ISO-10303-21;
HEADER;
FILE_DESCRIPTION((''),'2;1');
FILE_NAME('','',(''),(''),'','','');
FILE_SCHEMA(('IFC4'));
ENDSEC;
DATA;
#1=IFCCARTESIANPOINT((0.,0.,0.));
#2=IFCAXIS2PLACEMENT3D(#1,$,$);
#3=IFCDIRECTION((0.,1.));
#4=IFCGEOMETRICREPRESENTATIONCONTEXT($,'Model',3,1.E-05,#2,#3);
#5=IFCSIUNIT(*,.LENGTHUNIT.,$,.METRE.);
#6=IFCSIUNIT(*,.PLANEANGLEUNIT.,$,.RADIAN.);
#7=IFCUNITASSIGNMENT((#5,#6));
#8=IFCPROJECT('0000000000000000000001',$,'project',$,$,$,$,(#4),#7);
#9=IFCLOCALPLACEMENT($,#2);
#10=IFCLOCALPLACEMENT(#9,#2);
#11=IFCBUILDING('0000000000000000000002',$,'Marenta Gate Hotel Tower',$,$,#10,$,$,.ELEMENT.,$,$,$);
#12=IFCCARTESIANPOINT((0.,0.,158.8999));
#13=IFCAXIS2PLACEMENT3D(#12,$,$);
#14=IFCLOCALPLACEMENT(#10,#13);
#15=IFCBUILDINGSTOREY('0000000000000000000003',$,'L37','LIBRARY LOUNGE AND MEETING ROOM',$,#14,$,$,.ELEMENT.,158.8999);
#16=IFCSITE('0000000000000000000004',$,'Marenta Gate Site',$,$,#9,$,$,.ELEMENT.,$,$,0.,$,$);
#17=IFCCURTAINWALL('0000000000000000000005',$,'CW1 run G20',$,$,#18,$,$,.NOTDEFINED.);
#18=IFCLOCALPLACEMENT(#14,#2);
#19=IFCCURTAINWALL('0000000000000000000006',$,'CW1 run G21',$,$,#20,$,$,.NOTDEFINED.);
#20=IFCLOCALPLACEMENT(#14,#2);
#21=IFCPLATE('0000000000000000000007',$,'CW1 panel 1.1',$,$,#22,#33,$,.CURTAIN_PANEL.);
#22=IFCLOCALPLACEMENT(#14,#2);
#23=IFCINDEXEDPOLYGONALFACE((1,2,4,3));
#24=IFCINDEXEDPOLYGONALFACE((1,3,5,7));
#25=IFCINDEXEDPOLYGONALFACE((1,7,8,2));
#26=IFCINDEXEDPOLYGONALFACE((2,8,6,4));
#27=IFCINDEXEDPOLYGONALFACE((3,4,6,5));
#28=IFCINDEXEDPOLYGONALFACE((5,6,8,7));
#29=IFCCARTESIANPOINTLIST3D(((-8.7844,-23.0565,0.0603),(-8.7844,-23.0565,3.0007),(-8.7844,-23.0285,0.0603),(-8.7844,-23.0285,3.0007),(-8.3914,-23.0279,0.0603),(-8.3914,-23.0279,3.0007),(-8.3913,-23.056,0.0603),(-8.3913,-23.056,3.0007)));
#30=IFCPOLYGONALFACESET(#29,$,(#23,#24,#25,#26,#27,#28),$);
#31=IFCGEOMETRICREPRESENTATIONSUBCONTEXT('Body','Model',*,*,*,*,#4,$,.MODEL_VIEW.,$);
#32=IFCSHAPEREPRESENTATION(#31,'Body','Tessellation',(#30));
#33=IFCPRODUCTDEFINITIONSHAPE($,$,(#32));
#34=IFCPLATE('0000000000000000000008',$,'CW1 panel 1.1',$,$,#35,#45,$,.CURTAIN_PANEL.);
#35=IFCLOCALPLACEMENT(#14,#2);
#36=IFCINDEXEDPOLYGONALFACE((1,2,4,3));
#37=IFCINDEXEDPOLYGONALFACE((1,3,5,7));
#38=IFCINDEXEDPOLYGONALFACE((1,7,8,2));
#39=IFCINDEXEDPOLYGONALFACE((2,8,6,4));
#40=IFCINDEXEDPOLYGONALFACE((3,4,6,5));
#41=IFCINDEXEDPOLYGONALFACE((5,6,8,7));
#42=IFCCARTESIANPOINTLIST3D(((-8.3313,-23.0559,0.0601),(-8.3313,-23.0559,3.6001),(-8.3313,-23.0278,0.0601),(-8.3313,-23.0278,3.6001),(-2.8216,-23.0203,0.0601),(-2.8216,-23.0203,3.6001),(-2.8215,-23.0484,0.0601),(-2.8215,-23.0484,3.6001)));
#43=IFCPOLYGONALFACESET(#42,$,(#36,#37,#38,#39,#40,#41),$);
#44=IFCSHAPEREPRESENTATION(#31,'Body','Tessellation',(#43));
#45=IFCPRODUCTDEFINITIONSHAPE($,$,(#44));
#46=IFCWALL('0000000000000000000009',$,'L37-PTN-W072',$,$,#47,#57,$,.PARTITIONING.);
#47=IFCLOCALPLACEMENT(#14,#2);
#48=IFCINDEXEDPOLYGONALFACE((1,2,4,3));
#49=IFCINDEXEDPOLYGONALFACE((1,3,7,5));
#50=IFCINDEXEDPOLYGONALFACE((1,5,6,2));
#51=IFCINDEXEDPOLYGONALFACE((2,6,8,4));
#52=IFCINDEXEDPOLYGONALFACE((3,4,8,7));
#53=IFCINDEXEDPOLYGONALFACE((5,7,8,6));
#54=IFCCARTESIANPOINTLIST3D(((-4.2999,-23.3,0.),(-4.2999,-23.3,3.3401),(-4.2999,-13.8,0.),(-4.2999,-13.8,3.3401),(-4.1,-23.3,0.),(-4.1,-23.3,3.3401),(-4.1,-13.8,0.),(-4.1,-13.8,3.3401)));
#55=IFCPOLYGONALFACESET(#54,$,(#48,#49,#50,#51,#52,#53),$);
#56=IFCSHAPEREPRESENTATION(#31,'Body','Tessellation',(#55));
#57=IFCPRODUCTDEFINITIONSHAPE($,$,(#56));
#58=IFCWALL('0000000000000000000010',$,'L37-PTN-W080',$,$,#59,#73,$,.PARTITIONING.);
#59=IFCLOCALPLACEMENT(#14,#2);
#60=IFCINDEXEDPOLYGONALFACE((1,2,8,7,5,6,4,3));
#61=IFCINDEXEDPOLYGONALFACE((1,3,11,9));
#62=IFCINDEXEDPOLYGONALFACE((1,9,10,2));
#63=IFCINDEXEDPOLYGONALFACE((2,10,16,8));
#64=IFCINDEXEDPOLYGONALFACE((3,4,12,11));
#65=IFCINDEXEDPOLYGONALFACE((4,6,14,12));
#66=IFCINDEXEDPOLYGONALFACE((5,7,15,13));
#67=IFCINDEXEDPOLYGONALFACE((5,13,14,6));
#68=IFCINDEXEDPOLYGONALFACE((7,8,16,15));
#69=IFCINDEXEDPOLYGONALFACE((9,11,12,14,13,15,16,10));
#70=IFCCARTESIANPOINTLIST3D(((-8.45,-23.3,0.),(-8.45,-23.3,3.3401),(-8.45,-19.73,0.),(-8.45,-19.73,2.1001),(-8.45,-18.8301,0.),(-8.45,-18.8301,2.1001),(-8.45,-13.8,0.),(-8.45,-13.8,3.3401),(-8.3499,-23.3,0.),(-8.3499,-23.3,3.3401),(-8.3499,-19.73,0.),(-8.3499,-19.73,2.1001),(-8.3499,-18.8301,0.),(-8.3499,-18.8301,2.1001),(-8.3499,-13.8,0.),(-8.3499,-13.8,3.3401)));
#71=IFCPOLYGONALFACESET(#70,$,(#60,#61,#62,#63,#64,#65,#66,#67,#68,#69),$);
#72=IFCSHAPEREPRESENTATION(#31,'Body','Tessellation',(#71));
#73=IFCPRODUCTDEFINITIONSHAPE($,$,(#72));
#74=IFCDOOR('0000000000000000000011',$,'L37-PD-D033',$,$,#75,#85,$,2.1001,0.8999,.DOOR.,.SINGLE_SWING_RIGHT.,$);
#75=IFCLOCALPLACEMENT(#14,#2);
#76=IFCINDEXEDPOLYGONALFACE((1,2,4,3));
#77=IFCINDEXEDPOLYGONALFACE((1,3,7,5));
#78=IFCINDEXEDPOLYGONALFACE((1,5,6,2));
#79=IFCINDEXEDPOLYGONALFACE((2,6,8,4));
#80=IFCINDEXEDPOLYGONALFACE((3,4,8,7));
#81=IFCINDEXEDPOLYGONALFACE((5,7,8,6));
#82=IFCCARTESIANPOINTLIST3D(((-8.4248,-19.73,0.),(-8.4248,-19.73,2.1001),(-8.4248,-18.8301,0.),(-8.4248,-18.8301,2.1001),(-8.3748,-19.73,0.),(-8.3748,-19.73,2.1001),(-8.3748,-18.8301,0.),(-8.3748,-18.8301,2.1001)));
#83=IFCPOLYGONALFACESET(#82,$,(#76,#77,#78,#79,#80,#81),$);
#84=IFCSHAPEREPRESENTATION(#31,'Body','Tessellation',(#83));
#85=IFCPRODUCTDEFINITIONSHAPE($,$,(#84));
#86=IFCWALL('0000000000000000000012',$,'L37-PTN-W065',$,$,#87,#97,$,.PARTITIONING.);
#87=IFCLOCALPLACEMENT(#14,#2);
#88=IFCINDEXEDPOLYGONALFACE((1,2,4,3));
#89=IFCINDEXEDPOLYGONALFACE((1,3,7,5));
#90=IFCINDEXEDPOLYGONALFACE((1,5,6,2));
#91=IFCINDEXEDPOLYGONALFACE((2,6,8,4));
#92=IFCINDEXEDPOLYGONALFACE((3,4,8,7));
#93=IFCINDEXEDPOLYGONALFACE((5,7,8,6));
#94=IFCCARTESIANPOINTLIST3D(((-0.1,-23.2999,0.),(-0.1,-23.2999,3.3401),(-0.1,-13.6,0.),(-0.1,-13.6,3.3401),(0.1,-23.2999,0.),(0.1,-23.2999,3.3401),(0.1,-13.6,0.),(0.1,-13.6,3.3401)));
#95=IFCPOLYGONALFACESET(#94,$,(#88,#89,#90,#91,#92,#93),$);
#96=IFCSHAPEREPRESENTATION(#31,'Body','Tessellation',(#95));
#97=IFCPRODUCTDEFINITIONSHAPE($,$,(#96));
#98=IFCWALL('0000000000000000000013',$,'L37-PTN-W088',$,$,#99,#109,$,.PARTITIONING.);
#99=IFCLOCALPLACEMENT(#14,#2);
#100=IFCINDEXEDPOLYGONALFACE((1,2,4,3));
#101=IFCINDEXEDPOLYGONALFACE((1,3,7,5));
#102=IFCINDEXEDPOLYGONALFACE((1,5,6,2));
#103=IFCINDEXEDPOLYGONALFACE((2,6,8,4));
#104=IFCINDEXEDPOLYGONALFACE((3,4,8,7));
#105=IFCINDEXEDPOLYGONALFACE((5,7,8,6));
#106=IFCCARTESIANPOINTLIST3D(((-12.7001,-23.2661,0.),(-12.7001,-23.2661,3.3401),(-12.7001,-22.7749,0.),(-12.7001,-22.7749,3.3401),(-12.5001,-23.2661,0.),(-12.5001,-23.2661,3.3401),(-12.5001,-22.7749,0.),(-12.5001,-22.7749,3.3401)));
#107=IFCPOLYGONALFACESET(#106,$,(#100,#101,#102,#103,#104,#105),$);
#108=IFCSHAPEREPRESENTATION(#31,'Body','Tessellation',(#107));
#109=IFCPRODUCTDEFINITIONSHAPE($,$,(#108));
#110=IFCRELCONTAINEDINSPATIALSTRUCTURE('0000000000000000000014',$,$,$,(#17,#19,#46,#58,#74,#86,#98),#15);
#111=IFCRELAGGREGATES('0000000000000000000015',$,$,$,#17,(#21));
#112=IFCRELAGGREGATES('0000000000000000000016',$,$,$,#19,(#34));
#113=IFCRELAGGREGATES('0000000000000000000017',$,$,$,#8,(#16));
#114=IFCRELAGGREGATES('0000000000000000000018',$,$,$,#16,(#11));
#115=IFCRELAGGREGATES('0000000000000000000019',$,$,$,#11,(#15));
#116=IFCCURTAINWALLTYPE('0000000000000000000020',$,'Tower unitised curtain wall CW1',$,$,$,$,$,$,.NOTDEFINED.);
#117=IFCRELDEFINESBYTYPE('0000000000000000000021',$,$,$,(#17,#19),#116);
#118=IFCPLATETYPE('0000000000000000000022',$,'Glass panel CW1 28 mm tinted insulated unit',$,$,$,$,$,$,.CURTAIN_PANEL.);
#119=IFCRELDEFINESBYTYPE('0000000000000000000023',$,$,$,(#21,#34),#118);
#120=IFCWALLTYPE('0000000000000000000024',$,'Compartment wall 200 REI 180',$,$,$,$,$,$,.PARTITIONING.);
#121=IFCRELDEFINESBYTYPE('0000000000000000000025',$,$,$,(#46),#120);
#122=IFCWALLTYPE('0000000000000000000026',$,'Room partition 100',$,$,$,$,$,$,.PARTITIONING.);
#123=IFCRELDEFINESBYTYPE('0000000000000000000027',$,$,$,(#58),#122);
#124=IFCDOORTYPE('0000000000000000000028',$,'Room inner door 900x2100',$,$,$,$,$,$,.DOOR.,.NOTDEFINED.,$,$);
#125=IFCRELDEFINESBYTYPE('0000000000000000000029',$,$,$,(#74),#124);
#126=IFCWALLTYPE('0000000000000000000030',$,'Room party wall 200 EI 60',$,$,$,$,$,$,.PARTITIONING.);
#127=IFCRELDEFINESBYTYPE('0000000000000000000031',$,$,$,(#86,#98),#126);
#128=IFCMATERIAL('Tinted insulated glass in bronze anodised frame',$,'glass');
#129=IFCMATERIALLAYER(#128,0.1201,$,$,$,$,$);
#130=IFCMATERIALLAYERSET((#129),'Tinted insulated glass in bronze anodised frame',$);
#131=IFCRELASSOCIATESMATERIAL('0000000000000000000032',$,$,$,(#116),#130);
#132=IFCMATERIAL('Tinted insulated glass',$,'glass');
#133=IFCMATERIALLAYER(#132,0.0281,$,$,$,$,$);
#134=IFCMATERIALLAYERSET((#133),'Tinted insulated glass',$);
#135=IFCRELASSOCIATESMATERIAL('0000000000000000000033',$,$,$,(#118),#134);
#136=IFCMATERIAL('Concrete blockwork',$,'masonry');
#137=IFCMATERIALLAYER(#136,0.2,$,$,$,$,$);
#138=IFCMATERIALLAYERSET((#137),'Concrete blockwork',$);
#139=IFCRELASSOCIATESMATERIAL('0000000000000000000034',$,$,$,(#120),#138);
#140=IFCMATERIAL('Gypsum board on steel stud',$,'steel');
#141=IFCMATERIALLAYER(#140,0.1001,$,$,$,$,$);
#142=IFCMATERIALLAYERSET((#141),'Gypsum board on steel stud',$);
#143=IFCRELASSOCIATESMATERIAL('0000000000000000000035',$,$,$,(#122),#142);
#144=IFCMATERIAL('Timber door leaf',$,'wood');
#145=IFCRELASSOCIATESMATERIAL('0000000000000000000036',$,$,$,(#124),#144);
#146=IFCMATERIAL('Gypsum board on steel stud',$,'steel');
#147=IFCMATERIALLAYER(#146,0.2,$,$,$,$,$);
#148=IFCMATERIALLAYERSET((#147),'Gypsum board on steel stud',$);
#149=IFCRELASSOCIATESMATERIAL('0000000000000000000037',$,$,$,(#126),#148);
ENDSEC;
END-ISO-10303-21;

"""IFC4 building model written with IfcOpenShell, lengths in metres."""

from ifc_helpers import new_model, si_unit, direction, frame, frame_2d, origin, origin_2d, place, context, subcontext, project, spatial, rectangle, extrude, material, layer, layer_set, type_object, element, fill, aggregate, save


model = new_model("IFC4")

# Units and contexts
model_context = context("Model", 3, precision=1e-05, world=origin(), true_north=direction((0.0, 1.0)))
body_context = subcontext(model_context, "Body", "Model", "MODEL_VIEW")
ifc_project = project(units=[si_unit("LENGTHUNIT", "METRE"), si_unit("PLANEANGLEUNIT", "RADIAN")], contexts=[model_context])

# Site, building, storey
site_placement = place(None, origin())
site = spatial("IfcSite", under=ifc_project, at=site_placement, Name="Marenta Gate Site", CompositionType="ELEMENT", RefElevation=0.0)
building_placement = place(site_placement, origin())
building = spatial("IfcBuilding", under=site, at=building_placement, Name="Marenta Gate Hotel Tower", CompositionType="ELEMENT")
storey_placement = place(building_placement, frame((0.0, 0.0, 158.8999)))
storey = spatial("IfcBuildingStorey", under=building, at=storey_placement, Name="L37", Description="LIBRARY LOUNGE AND MEETING ROOM", CompositionType="ELEMENT", Elevation=158.8999)

# Curtain wall
ifc_material_1 = material(Name="Tinted insulated glass in bronze anodised frame", Category="glass")
ifc_layer_1 = layer(ifc_material_1, 0.1201)
ifc_layer_set_1 = layer_set([ifc_layer_1], Name="Tinted insulated glass in bronze anodised frame")
curtain_wall_type = type_object("IfcCurtainWallType", Name="Tower unitised curtain wall CW1", PredefinedType="NOTDEFINED", material=ifc_layer_set_1)
curtain_wall_1_placement = place(storey_placement, origin())
curtain_wall_1 = element("IfcCurtainWall", 1, at=curtain_wall_1_placement, inside=storey, type_object=curtain_wall_type, Name="CW1 run G20", PredefinedType="NOTDEFINED")

# Curtain wall
curtain_wall_2_placement = place(storey_placement, origin())
curtain_wall_2 = element("IfcCurtainWall", 2, at=curtain_wall_2_placement, inside=storey, type_object=curtain_wall_type, Name="CW1 run G21", PredefinedType="NOTDEFINED")

# Plates
ifc_material_2 = material(Name="Tinted insulated glass", Category="glass")
ifc_layer_2 = layer(ifc_material_2, 0.0281)
ifc_layer_set_2 = layer_set([ifc_layer_2], Name="Tinted insulated glass")
plate_type = type_object("IfcPlateType", Name="Glass panel CW1 28 mm tinted insulated unit", PredefinedType="CURTAIN_PANEL", material=ifc_layer_set_2)
plate_1_placement = place(storey_placement, frame((-8.5879, -23.0422, 0.0603), z_axis=(0.0, 0.0, 1.0), x_axis=(0.999999, 0.001325, 0.0)))
plate_1 = element("IfcPlate", 3, at=plate_1_placement, type_object=plate_type, Name="CW1 panel 1.1", PredefinedType="CURTAIN_PANEL", context=body_context, shape_type="SweptSolid", body=[
    extrude(rectangle(XDim=0.3931, YDim=0.0281, at=origin_2d()), origin(), (0.0, 0.0, 1.0), 2.9404),
])
aggregate(curtain_wall_1, [plate_1])
plate_2_placement = place(storey_placement, frame((-5.5764, -23.0381, 0.0601), z_axis=(0.0, 0.0, 1.0), x_axis=(0.999999, 0.001363, 0.0)))
plate_2 = element("IfcPlate", 4, at=plate_2_placement, type_object=plate_type, Name="CW1 panel 1.1", PredefinedType="CURTAIN_PANEL", context=body_context, shape_type="SweptSolid", body=[
    extrude(rectangle(XDim=5.5098, YDim=0.0281, at=origin_2d()), origin(), (0.0, 0.0, 1.0), 3.54),
])
aggregate(curtain_wall_2, [plate_2])

# Wall
ifc_material_3 = material(Name="Concrete blockwork", Category="masonry")
ifc_layer_3 = layer(ifc_material_3, 0.2)
ifc_layer_set_3 = layer_set([ifc_layer_3], Name="Concrete blockwork")
wall_type_1 = type_object("IfcWallType", Name="Compartment wall 200 REI 180", PredefinedType="PARTITIONING", material=ifc_layer_set_3)
wall_1_placement = place(storey_placement, frame((-4.2, -23.3, 0.0), z_axis=(0.0, 0.0, 1.0), x_axis=(0.0, 1.0, 0.0)))
element("IfcWall", 5, at=wall_1_placement, inside=storey, type_object=wall_type_1, Name="L37-PTN-W072", PredefinedType="PARTITIONING", context=body_context, shape_type="SweptSolid", body=[
    extrude(rectangle(XDim=9.5, YDim=0.2, at=frame_2d((4.75, 0.0))), origin(), (0.0, 0.0, 1.0), 3.3401),
])

# Wall, opening, door
ifc_material_4 = material(Name="Gypsum board on steel stud", Category="steel")
ifc_layer_4 = layer(ifc_material_4, 0.1001)
ifc_layer_set_4 = layer_set([ifc_layer_4], Name="Gypsum board on steel stud")
wall_type_2 = type_object("IfcWallType", Name="Room partition 100", PredefinedType="PARTITIONING", material=ifc_layer_set_4)
wall_2_placement = place(storey_placement, frame((-8.3999, -23.3, 0.0), z_axis=(0.0, 0.0, 1.0), x_axis=(0.0, 1.0, 0.0)))
wall_2 = element("IfcWall", 6, at=wall_2_placement, inside=storey, type_object=wall_type_2, Name="L37-PTN-W080", PredefinedType="PARTITIONING", context=body_context, shape_type="SweptSolid", body=[
    extrude(rectangle(XDim=9.5, YDim=0.1001, at=frame_2d((4.75, 0.0))), origin(), (0.0, 0.0, 1.0), 3.3401),
])
opening_placement = place(wall_2_placement, frame((3.5701, 0.0, 0.0)))
opening = element("IfcOpeningElement", 7, at=opening_placement, cuts=wall_2, PredefinedType="OPENING", context=body_context, shape_type="SweptSolid", body=[
    extrude(rectangle(XDim=0.8999, YDim=2.1001, at=frame_2d((0.45, 1.05))), frame((0.0, 0.05, 0.0), z_axis=(0.0, -1.0, 0.0), x_axis=(1.0, 0.0, 0.0)), (0.0, 0.0, 1.0), 0.1001),
])
ifc_material_5 = material(Name="Timber door leaf", Category="wood")
door_type = type_object("IfcDoorType", Name="Room inner door 900x2100", OperationType="NOTDEFINED", PredefinedType="DOOR", material=ifc_material_5)
door_placement = place(opening_placement, origin())
door = element("IfcDoor", 8, at=door_placement, inside=storey, type_object=door_type, Name="L37-PD-D033", OperationType="SINGLE_SWING_RIGHT", OverallHeight=2.1001, OverallWidth=0.8999, PredefinedType="DOOR", context=body_context, shape_type="SweptSolid", body=[
    extrude(rectangle(XDim=0.8999, YDim=2.1001, at=frame_2d((0.45, 1.05))), frame((0.0, 0.0249, 0.0), z_axis=(0.0, -1.0, 0.0), x_axis=(1.0, 0.0, 0.0)), (0.0, 0.0, 1.0), 0.05),
])
fill(opening, door)

# Walls
ifc_material_6 = material(Name="Gypsum board on steel stud", Category="steel")
ifc_layer_5 = layer(ifc_material_6, 0.2)
ifc_layer_set_5 = layer_set([ifc_layer_5], Name="Gypsum board on steel stud")
wall_type_3 = type_object("IfcWallType", Name="Room party wall 200 EI 60", PredefinedType="PARTITIONING", material=ifc_layer_set_5)
wall_3_placement = place(storey_placement, frame((0.0, -23.3, 0.0), z_axis=(0.0, 0.0, 1.0), x_axis=(0.0, 1.0, 0.0)))
element("IfcWall", 9, at=wall_3_placement, inside=storey, type_object=wall_type_3, Name="L37-PTN-W065", PredefinedType="PARTITIONING", context=body_context, shape_type="SweptSolid", body=[
    extrude(rectangle(XDim=9.7, YDim=0.2, at=frame_2d((4.8501, 0.0))), origin(), (0.0, 0.0, 1.0), 3.3401),
])
wall_4_placement = place(storey_placement, frame((-12.6001, -23.2661, 0.0), z_axis=(0.0, 0.0, 1.0), x_axis=(0.0, 1.0, 0.0)))
element("IfcWall", 10, at=wall_4_placement, inside=storey, type_object=wall_type_3, Name="L37-PTN-W088", PredefinedType="PARTITIONING", context=body_context, shape_type="SweptSolid", body=[
    extrude(rectangle(XDim=0.4912, YDim=0.2, at=frame_2d((0.2456, 0.0))), origin(), (0.0, 0.0, 1.0), 3.3401),
])

save(model, "model.ifc")
